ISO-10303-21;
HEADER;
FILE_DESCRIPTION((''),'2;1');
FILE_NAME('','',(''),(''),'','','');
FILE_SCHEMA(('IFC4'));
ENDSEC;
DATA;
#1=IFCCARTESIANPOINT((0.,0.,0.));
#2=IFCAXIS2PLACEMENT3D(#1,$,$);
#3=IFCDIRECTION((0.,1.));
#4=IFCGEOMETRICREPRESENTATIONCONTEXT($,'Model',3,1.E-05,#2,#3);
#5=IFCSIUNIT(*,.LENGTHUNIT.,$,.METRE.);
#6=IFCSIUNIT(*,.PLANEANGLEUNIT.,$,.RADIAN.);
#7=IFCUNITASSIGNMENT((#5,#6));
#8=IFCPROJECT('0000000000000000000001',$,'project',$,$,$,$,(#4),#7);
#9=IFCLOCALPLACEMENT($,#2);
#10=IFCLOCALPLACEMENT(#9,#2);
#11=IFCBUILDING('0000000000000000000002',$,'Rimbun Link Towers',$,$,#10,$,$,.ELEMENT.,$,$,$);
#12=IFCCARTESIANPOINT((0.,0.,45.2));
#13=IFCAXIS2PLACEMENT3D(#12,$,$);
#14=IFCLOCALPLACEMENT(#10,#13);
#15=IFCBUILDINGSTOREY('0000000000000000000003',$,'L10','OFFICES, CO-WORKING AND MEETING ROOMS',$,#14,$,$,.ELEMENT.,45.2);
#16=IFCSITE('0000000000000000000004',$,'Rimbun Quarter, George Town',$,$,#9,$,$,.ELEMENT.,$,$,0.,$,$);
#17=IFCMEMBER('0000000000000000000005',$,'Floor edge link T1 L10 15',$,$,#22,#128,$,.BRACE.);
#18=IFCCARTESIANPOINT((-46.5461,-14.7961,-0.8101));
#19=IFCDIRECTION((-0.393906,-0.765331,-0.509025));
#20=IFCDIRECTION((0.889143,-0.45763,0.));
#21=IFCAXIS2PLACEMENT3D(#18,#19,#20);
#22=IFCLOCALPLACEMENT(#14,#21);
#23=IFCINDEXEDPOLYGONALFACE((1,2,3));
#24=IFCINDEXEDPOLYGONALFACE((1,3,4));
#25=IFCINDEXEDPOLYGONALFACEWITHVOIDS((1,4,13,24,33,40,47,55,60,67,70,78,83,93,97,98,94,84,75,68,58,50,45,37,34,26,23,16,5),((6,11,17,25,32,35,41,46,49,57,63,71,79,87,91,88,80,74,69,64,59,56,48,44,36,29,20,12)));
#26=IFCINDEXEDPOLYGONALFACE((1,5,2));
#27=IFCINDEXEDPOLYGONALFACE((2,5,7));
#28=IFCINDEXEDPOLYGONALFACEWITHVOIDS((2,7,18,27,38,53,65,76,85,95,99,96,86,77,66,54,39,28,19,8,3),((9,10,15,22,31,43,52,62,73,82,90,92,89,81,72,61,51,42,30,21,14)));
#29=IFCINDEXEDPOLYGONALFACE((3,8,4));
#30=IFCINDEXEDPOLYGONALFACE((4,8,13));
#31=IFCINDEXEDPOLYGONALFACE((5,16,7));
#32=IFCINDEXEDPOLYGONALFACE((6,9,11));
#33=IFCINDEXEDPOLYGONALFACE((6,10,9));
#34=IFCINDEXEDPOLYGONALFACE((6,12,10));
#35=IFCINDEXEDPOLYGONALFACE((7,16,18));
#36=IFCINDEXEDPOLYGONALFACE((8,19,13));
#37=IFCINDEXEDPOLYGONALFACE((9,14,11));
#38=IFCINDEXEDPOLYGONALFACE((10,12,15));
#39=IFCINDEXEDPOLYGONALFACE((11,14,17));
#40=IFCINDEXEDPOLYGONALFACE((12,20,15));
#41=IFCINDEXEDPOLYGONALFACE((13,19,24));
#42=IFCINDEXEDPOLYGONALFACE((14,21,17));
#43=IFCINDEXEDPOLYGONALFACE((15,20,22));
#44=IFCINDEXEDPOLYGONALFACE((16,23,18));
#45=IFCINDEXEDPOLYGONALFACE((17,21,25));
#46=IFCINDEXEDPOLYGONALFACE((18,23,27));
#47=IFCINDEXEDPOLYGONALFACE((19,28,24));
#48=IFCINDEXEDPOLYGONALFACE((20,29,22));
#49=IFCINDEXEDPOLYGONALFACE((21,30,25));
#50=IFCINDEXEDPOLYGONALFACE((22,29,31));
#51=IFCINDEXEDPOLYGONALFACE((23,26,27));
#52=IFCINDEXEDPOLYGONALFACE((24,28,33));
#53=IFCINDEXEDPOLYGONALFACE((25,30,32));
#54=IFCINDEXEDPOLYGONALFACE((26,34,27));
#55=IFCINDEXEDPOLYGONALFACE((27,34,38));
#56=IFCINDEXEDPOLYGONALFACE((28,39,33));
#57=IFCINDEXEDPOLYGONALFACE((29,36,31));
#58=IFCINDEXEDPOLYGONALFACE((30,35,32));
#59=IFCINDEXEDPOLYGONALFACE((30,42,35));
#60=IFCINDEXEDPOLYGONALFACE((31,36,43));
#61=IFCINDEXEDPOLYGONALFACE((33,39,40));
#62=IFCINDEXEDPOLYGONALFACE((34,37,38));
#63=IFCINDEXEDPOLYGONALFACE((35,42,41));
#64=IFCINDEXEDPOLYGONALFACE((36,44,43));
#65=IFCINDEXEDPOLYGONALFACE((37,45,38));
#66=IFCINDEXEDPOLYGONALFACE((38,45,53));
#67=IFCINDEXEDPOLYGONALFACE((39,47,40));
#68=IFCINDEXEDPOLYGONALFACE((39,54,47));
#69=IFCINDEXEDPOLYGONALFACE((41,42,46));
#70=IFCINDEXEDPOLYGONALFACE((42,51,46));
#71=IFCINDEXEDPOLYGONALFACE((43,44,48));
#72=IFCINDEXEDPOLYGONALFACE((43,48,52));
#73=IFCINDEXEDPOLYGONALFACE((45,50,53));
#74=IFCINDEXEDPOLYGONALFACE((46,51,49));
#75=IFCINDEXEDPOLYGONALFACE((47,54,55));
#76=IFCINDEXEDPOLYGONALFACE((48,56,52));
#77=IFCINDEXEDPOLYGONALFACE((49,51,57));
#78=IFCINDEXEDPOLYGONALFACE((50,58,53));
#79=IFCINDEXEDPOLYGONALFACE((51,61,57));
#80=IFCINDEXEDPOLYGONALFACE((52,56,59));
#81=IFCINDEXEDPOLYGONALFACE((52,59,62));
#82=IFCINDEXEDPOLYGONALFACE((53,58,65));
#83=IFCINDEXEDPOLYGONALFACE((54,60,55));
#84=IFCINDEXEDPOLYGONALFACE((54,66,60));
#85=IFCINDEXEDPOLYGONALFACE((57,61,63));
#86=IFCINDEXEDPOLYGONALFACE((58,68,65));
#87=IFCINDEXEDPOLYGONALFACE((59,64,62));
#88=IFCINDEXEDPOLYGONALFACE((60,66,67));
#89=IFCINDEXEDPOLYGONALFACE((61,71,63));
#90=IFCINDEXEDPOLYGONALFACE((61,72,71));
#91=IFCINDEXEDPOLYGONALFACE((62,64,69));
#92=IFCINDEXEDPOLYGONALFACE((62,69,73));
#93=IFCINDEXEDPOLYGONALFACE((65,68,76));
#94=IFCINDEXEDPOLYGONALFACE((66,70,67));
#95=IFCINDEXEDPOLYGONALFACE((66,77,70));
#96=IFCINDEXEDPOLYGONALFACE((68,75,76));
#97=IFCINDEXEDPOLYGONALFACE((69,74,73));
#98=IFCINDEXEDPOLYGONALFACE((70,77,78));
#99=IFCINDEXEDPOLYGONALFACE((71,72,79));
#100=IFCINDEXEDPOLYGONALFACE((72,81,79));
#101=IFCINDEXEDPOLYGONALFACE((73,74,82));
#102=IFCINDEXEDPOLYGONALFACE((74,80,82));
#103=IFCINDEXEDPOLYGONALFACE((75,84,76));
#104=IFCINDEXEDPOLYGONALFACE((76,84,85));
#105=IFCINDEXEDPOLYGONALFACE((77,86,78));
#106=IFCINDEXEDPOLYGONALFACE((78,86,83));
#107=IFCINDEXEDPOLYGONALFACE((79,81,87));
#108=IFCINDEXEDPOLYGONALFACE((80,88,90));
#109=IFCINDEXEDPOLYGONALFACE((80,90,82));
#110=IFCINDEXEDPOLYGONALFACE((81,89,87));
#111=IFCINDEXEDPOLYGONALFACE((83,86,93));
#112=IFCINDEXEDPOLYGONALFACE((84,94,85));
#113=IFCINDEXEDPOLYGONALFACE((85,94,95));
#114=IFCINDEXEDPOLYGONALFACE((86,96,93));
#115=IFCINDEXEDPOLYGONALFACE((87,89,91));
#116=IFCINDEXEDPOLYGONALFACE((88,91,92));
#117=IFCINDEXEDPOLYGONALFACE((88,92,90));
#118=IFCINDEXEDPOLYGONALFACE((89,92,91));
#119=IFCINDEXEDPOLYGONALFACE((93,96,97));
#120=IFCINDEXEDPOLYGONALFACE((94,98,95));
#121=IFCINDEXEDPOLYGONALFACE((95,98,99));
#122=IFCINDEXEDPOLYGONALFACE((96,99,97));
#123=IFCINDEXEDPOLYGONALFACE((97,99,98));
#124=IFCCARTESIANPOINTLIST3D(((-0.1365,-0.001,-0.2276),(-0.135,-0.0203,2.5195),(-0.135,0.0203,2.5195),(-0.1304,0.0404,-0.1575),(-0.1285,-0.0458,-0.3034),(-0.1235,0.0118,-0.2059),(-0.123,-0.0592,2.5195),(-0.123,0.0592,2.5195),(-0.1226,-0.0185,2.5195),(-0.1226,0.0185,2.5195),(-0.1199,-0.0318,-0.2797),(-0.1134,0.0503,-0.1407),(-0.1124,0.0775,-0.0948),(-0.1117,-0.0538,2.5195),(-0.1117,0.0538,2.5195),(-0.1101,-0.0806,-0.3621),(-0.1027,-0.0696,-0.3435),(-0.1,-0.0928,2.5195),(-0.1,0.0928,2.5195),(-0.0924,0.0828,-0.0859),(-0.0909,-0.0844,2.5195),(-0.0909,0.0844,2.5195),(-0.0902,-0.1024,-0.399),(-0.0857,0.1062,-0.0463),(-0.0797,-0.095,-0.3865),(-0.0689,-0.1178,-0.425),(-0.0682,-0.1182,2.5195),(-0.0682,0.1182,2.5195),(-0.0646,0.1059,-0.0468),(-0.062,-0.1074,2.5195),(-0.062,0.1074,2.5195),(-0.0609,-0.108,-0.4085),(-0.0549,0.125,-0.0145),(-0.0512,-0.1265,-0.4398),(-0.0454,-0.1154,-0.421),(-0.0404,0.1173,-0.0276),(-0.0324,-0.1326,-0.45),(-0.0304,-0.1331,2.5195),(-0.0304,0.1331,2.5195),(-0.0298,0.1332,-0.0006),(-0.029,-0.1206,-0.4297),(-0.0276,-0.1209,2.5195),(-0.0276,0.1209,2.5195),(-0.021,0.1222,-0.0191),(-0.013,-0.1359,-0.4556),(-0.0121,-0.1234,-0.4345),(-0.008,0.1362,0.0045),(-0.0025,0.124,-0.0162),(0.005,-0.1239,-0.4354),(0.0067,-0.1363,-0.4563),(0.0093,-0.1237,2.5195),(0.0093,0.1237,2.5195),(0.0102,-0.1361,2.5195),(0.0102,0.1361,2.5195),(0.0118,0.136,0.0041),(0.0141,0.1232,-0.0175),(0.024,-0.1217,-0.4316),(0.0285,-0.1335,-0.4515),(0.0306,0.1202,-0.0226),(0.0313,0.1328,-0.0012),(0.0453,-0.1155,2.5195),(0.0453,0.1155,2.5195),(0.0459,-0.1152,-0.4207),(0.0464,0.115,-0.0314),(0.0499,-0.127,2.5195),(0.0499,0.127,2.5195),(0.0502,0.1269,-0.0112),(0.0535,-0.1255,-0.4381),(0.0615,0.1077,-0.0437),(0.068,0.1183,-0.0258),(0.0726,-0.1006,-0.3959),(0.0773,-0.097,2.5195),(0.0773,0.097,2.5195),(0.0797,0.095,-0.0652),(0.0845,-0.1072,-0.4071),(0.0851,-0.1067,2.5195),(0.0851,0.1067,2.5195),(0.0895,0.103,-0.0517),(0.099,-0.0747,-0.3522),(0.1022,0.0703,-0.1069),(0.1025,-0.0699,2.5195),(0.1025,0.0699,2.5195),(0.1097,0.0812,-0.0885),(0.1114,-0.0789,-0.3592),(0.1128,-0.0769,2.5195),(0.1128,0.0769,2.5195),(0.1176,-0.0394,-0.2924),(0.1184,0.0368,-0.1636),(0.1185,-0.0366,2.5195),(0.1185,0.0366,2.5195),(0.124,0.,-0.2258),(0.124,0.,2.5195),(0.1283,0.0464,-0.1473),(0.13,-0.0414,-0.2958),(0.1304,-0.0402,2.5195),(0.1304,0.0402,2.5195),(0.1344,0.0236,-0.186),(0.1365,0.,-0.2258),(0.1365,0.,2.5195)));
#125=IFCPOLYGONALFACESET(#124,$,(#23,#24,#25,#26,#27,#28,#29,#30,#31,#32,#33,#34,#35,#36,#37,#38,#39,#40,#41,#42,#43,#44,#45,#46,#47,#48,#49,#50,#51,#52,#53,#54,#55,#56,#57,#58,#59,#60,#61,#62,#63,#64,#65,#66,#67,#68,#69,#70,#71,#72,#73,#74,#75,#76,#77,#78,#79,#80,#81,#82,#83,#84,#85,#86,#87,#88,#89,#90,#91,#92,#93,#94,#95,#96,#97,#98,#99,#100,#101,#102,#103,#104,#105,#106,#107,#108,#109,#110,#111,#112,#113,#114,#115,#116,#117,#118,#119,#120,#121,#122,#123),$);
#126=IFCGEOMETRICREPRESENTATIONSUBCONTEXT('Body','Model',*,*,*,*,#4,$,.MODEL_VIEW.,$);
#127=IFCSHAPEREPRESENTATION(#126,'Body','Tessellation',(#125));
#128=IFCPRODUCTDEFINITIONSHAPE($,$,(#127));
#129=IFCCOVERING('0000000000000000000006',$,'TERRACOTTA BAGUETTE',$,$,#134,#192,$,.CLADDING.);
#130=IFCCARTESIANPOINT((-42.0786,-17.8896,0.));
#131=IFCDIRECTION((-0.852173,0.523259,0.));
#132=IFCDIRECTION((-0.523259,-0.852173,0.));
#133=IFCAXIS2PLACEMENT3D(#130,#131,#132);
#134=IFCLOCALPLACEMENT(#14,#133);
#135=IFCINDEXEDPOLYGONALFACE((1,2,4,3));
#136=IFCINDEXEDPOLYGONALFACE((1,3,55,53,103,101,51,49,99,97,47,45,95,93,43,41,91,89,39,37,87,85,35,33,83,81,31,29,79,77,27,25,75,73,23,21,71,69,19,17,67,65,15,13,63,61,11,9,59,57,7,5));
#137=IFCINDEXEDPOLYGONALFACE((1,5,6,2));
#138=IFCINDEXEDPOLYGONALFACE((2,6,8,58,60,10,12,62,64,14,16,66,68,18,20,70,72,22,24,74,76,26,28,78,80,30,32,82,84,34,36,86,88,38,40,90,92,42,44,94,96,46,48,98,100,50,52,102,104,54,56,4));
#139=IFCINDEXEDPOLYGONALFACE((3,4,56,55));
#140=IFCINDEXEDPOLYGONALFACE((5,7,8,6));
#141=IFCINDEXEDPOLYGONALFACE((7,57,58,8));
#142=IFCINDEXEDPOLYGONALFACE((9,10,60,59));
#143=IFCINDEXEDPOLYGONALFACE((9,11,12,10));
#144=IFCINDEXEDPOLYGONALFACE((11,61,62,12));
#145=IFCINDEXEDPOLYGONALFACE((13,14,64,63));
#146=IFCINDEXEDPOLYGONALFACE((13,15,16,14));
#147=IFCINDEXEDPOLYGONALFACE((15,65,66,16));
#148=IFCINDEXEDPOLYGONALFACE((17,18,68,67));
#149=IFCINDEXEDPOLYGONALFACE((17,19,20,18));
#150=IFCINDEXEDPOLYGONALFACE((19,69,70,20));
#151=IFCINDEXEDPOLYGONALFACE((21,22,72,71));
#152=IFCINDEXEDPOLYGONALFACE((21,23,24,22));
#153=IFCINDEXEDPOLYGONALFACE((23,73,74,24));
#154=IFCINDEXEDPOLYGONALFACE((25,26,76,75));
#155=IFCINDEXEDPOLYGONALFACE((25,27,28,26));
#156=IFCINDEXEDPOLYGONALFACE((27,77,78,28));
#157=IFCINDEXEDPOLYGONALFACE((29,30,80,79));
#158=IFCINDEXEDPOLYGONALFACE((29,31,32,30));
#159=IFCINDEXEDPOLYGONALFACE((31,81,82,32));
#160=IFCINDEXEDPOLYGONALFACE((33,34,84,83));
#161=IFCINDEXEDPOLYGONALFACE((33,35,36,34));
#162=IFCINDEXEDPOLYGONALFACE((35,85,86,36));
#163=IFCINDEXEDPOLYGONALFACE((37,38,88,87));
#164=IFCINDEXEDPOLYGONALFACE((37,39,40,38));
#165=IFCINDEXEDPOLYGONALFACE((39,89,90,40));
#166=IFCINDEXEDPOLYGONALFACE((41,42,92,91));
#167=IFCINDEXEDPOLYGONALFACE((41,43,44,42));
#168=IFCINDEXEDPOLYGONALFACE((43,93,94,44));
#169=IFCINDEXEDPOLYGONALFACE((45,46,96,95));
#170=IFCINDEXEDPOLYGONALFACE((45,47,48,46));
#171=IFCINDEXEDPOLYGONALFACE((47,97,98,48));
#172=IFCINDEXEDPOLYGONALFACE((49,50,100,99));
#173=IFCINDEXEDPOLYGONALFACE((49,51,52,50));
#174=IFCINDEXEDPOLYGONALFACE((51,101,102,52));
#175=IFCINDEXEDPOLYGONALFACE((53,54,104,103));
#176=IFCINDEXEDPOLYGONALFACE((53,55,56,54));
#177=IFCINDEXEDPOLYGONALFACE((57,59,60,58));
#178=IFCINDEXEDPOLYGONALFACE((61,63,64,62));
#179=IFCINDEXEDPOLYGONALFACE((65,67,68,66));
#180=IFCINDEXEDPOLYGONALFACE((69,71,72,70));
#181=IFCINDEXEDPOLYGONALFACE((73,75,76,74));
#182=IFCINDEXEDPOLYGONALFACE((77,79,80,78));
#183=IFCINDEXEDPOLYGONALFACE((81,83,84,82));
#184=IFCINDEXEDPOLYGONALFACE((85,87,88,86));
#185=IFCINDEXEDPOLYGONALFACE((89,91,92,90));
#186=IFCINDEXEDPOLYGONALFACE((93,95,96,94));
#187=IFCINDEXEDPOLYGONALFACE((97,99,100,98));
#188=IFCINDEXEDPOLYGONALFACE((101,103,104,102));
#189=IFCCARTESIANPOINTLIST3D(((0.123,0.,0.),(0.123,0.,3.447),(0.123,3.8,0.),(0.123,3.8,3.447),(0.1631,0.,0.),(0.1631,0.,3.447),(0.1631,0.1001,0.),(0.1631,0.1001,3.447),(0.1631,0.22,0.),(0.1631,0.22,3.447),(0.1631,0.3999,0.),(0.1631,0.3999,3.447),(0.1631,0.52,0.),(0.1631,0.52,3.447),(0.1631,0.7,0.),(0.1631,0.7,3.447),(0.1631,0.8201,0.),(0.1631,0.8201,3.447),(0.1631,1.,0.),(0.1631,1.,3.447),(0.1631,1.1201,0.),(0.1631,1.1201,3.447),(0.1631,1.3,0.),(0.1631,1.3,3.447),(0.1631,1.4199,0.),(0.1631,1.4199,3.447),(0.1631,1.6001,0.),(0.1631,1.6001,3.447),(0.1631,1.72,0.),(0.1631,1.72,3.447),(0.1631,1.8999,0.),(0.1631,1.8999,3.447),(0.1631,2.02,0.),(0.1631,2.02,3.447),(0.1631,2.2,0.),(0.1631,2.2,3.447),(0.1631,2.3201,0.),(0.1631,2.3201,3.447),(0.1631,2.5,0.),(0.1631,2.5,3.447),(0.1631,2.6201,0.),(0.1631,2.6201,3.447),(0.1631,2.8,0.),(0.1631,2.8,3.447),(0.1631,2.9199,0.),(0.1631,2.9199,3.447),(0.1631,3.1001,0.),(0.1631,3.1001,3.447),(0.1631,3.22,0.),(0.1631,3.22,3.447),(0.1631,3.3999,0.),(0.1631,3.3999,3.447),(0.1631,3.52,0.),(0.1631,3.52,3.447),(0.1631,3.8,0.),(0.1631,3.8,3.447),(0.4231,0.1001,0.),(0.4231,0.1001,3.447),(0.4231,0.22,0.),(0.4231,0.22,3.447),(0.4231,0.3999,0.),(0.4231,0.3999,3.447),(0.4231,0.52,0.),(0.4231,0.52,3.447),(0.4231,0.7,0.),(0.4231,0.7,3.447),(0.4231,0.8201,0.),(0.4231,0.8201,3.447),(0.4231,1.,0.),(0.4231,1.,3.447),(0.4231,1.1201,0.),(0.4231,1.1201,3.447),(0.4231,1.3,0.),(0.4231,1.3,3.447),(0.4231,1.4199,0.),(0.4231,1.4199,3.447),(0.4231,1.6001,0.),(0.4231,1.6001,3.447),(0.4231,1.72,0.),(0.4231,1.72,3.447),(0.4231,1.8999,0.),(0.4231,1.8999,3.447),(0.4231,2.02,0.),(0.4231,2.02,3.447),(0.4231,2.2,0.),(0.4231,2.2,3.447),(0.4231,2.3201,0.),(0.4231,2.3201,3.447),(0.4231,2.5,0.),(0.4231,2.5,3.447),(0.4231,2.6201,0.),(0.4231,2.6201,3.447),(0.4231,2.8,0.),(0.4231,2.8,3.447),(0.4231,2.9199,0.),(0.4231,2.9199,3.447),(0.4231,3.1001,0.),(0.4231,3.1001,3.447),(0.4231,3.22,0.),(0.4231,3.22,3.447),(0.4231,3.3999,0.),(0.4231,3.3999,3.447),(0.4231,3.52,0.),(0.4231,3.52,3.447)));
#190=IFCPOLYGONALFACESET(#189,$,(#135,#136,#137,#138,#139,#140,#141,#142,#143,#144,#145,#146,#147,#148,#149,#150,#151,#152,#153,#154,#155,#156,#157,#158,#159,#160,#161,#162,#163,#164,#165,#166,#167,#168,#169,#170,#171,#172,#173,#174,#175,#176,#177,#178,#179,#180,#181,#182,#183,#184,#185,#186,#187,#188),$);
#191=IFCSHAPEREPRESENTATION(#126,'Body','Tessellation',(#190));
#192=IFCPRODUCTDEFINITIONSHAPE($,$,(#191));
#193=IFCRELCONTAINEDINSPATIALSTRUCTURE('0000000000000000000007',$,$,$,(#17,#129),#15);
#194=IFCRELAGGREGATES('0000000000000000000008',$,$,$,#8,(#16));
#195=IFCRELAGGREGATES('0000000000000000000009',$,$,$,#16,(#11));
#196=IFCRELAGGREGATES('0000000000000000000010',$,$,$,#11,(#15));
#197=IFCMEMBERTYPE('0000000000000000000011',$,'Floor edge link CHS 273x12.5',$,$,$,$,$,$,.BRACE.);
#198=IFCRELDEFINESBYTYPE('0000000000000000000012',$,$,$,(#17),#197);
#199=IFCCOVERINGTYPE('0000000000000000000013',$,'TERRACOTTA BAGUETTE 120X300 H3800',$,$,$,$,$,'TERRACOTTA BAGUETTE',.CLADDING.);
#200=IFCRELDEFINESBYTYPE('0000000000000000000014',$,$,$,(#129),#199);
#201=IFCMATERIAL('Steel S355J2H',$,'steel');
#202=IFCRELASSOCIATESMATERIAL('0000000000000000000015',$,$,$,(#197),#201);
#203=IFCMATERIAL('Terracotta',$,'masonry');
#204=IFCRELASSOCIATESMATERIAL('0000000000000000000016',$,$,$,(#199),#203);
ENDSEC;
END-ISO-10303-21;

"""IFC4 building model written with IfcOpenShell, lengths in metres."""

from ifc_helpers import new_model, si_unit, direction, frame, origin, origin_2d, place, context, subcontext, project, spatial, polyline, hollow_circle, outline, extrude, clip, halfspace, material, material_profile, profile_set, type_object, element, save


model = new_model("IFC4")

# Units and contexts
model_context = context("Model", 3, precision=1e-05, world=origin(), true_north=direction((0.0, 1.0)))
body_context = subcontext(model_context, "Body", "Model", "MODEL_VIEW")
ifc_project = project(units=[si_unit("LENGTHUNIT", "METRE"), si_unit("PLANEANGLEUNIT", "RADIAN")], contexts=[model_context])

# Site, building, storey
site_placement = place(None, origin())
site = spatial("IfcSite", under=ifc_project, at=site_placement, Name="Rimbun Quarter, George Town", CompositionType="ELEMENT", RefElevation=0.0)
building_placement = place(site_placement, origin())
building = spatial("IfcBuilding", under=site, at=building_placement, Name="Rimbun Link Towers", CompositionType="ELEMENT")
storey_placement = place(building_placement, frame((0.0, 0.0, 45.2)))
storey = spatial("IfcBuildingStorey", under=building, at=storey_placement, Name="L10", Description="OFFICES, CO-WORKING AND MEETING ROOMS", CompositionType="ELEMENT", Elevation=45.2)

# Member
ifc_material_1 = material(Name="Steel S355J2H", Category="steel")
ifc_material_profile_1 = material_profile(ifc_material_1, hollow_circle(Radius=0.1365, WallThickness=0.0125, at=origin_2d()), Name="CHS 273x12.5")
ifc_profile_set_1 = profile_set([ifc_material_profile_1], Name="Steel S355J2H")
member_type_1 = type_object("IfcMemberType", Name="Floor edge link CHS 273x12.5", PredefinedType="BRACE", material=ifc_profile_set_1)
member_1_placement = place(storey_placement, frame((-46.5461, -14.7961, -0.8101), z_axis=(-0.393906, -0.765331, -0.509025), x_axis=(0.889143, -0.45763, 0.0)))
element("IfcMember", 1, at=member_1_placement, inside=storey, type_object=member_type_1, Name="Floor edge link T1 L10 15", PredefinedType="BRACE", context=body_context, shape_type="Clipping", body=[
    clip(extrude(hollow_circle(Radius=0.1365, WallThickness=0.0125, at=origin_2d()), frame((0.0, 0.0, -0.4814)), (0.0, 0.0, 1.0), 3.001), halfspace(frame((0.0, 0.0, -0.2258), z_axis=(0.0, 0.860751, -0.509025)), False)),
])

# Covering
ifc_material_2 = material(Name="Terracotta", Category="masonry")
ifc_material_profile_2 = material_profile(ifc_material_2, outline(polyline([(0.123, 0.0), (0.1631, 0.0), (0.1631, 0.1001), (0.4231, 0.1001), (0.4231, 0.22), (0.1631, 0.22), (0.1631, 0.3999), (0.4231, 0.3999), (0.4231, 0.52), (0.1631, 0.52), (0.1631, 0.7), (0.4231, 0.7), (0.4231, 0.8201), (0.1631, 0.8201), (0.1631, 1.0), (0.4231, 1.0), (0.4231, 1.1201), (0.1631, 1.1201), (0.1631, 1.3), (0.4231, 1.3), (0.4231, 1.4199), (0.1631, 1.4199), (0.1631, 1.6001), (0.4231, 1.6001), (0.4231, 1.72), (0.1631, 1.72), (0.1631, 1.8999), (0.4231, 1.8999), (0.4231, 2.02), (0.1631, 2.02), (0.1631, 2.2), (0.4231, 2.2), (0.4231, 2.3201), (0.1631, 2.3201), (0.1631, 2.5), (0.4231, 2.5), (0.4231, 2.6201), (0.1631, 2.6201), (0.1631, 2.8), (0.4231, 2.8), (0.4231, 2.9199), (0.1631, 2.9199), (0.1631, 3.1001), (0.4231, 3.1001), (0.4231, 3.22), (0.1631, 3.22), (0.1631, 3.3999), (0.4231, 3.3999), (0.4231, 3.52), (0.1631, 3.52), (0.1631, 3.8), (0.123, 3.8), (0.123, 0.0)])), Name="BAGUETTE 120X300")
ifc_profile_set_2 = profile_set([ifc_material_profile_2], Name="Terracotta")
covering_type = type_object("IfcCoveringType", Name="TERRACOTTA BAGUETTE 120X300 H3800", ElementType="TERRACOTTA BAGUETTE", PredefinedType="CLADDING", material=ifc_profile_set_2)
covering_placement = place(storey_placement, frame((-42.0786, -17.8896, 0.0), z_axis=(-0.852173, 0.523259, 0.0), x_axis=(-0.523259, -0.852173, 0.0)))
element("IfcCovering", 2, at=covering_placement, inside=storey, type_object=covering_type, Name="TERRACOTTA BAGUETTE", PredefinedType="CLADDING", context=body_context, shape_type="SweptSolid", body=[
    extrude(outline(polyline([(0.123, 0.0), (0.1631, 0.0), (0.1631, 0.1001), (0.4231, 0.1001), (0.4231, 0.22), (0.1631, 0.22), (0.1631, 0.3999), (0.4231, 0.3999), (0.4231, 0.52), (0.1631, 0.52), (0.1631, 0.7), (0.4231, 0.7), (0.4231, 0.8201), (0.1631, 0.8201), (0.1631, 1.0), (0.4231, 1.0), (0.4231, 1.1201), (0.1631, 1.1201), (0.1631, 1.3), (0.4231, 1.3), (0.4231, 1.4199), (0.1631, 1.4199), (0.1631, 1.6001), (0.4231, 1.6001), (0.4231, 1.72), (0.1631, 1.72), (0.1631, 1.8999), (0.4231, 1.8999), (0.4231, 2.02), (0.1631, 2.02), (0.1631, 2.2), (0.4231, 2.2), (0.4231, 2.3201), (0.1631, 2.3201), (0.1631, 2.5), (0.4231, 2.5), (0.4231, 2.6201), (0.1631, 2.6201), (0.1631, 2.8), (0.4231, 2.8), (0.4231, 2.9199), (0.1631, 2.9199), (0.1631, 3.1001), (0.4231, 3.1001), (0.4231, 3.22), (0.1631, 3.22), (0.1631, 3.3999), (0.4231, 3.3999), (0.4231, 3.52), (0.1631, 3.52), (0.1631, 3.8), (0.123, 3.8), (0.123, 0.0)])), origin(), (0.0, 0.0, 1.0), 3.447),
])

save(model, "model.ifc")
